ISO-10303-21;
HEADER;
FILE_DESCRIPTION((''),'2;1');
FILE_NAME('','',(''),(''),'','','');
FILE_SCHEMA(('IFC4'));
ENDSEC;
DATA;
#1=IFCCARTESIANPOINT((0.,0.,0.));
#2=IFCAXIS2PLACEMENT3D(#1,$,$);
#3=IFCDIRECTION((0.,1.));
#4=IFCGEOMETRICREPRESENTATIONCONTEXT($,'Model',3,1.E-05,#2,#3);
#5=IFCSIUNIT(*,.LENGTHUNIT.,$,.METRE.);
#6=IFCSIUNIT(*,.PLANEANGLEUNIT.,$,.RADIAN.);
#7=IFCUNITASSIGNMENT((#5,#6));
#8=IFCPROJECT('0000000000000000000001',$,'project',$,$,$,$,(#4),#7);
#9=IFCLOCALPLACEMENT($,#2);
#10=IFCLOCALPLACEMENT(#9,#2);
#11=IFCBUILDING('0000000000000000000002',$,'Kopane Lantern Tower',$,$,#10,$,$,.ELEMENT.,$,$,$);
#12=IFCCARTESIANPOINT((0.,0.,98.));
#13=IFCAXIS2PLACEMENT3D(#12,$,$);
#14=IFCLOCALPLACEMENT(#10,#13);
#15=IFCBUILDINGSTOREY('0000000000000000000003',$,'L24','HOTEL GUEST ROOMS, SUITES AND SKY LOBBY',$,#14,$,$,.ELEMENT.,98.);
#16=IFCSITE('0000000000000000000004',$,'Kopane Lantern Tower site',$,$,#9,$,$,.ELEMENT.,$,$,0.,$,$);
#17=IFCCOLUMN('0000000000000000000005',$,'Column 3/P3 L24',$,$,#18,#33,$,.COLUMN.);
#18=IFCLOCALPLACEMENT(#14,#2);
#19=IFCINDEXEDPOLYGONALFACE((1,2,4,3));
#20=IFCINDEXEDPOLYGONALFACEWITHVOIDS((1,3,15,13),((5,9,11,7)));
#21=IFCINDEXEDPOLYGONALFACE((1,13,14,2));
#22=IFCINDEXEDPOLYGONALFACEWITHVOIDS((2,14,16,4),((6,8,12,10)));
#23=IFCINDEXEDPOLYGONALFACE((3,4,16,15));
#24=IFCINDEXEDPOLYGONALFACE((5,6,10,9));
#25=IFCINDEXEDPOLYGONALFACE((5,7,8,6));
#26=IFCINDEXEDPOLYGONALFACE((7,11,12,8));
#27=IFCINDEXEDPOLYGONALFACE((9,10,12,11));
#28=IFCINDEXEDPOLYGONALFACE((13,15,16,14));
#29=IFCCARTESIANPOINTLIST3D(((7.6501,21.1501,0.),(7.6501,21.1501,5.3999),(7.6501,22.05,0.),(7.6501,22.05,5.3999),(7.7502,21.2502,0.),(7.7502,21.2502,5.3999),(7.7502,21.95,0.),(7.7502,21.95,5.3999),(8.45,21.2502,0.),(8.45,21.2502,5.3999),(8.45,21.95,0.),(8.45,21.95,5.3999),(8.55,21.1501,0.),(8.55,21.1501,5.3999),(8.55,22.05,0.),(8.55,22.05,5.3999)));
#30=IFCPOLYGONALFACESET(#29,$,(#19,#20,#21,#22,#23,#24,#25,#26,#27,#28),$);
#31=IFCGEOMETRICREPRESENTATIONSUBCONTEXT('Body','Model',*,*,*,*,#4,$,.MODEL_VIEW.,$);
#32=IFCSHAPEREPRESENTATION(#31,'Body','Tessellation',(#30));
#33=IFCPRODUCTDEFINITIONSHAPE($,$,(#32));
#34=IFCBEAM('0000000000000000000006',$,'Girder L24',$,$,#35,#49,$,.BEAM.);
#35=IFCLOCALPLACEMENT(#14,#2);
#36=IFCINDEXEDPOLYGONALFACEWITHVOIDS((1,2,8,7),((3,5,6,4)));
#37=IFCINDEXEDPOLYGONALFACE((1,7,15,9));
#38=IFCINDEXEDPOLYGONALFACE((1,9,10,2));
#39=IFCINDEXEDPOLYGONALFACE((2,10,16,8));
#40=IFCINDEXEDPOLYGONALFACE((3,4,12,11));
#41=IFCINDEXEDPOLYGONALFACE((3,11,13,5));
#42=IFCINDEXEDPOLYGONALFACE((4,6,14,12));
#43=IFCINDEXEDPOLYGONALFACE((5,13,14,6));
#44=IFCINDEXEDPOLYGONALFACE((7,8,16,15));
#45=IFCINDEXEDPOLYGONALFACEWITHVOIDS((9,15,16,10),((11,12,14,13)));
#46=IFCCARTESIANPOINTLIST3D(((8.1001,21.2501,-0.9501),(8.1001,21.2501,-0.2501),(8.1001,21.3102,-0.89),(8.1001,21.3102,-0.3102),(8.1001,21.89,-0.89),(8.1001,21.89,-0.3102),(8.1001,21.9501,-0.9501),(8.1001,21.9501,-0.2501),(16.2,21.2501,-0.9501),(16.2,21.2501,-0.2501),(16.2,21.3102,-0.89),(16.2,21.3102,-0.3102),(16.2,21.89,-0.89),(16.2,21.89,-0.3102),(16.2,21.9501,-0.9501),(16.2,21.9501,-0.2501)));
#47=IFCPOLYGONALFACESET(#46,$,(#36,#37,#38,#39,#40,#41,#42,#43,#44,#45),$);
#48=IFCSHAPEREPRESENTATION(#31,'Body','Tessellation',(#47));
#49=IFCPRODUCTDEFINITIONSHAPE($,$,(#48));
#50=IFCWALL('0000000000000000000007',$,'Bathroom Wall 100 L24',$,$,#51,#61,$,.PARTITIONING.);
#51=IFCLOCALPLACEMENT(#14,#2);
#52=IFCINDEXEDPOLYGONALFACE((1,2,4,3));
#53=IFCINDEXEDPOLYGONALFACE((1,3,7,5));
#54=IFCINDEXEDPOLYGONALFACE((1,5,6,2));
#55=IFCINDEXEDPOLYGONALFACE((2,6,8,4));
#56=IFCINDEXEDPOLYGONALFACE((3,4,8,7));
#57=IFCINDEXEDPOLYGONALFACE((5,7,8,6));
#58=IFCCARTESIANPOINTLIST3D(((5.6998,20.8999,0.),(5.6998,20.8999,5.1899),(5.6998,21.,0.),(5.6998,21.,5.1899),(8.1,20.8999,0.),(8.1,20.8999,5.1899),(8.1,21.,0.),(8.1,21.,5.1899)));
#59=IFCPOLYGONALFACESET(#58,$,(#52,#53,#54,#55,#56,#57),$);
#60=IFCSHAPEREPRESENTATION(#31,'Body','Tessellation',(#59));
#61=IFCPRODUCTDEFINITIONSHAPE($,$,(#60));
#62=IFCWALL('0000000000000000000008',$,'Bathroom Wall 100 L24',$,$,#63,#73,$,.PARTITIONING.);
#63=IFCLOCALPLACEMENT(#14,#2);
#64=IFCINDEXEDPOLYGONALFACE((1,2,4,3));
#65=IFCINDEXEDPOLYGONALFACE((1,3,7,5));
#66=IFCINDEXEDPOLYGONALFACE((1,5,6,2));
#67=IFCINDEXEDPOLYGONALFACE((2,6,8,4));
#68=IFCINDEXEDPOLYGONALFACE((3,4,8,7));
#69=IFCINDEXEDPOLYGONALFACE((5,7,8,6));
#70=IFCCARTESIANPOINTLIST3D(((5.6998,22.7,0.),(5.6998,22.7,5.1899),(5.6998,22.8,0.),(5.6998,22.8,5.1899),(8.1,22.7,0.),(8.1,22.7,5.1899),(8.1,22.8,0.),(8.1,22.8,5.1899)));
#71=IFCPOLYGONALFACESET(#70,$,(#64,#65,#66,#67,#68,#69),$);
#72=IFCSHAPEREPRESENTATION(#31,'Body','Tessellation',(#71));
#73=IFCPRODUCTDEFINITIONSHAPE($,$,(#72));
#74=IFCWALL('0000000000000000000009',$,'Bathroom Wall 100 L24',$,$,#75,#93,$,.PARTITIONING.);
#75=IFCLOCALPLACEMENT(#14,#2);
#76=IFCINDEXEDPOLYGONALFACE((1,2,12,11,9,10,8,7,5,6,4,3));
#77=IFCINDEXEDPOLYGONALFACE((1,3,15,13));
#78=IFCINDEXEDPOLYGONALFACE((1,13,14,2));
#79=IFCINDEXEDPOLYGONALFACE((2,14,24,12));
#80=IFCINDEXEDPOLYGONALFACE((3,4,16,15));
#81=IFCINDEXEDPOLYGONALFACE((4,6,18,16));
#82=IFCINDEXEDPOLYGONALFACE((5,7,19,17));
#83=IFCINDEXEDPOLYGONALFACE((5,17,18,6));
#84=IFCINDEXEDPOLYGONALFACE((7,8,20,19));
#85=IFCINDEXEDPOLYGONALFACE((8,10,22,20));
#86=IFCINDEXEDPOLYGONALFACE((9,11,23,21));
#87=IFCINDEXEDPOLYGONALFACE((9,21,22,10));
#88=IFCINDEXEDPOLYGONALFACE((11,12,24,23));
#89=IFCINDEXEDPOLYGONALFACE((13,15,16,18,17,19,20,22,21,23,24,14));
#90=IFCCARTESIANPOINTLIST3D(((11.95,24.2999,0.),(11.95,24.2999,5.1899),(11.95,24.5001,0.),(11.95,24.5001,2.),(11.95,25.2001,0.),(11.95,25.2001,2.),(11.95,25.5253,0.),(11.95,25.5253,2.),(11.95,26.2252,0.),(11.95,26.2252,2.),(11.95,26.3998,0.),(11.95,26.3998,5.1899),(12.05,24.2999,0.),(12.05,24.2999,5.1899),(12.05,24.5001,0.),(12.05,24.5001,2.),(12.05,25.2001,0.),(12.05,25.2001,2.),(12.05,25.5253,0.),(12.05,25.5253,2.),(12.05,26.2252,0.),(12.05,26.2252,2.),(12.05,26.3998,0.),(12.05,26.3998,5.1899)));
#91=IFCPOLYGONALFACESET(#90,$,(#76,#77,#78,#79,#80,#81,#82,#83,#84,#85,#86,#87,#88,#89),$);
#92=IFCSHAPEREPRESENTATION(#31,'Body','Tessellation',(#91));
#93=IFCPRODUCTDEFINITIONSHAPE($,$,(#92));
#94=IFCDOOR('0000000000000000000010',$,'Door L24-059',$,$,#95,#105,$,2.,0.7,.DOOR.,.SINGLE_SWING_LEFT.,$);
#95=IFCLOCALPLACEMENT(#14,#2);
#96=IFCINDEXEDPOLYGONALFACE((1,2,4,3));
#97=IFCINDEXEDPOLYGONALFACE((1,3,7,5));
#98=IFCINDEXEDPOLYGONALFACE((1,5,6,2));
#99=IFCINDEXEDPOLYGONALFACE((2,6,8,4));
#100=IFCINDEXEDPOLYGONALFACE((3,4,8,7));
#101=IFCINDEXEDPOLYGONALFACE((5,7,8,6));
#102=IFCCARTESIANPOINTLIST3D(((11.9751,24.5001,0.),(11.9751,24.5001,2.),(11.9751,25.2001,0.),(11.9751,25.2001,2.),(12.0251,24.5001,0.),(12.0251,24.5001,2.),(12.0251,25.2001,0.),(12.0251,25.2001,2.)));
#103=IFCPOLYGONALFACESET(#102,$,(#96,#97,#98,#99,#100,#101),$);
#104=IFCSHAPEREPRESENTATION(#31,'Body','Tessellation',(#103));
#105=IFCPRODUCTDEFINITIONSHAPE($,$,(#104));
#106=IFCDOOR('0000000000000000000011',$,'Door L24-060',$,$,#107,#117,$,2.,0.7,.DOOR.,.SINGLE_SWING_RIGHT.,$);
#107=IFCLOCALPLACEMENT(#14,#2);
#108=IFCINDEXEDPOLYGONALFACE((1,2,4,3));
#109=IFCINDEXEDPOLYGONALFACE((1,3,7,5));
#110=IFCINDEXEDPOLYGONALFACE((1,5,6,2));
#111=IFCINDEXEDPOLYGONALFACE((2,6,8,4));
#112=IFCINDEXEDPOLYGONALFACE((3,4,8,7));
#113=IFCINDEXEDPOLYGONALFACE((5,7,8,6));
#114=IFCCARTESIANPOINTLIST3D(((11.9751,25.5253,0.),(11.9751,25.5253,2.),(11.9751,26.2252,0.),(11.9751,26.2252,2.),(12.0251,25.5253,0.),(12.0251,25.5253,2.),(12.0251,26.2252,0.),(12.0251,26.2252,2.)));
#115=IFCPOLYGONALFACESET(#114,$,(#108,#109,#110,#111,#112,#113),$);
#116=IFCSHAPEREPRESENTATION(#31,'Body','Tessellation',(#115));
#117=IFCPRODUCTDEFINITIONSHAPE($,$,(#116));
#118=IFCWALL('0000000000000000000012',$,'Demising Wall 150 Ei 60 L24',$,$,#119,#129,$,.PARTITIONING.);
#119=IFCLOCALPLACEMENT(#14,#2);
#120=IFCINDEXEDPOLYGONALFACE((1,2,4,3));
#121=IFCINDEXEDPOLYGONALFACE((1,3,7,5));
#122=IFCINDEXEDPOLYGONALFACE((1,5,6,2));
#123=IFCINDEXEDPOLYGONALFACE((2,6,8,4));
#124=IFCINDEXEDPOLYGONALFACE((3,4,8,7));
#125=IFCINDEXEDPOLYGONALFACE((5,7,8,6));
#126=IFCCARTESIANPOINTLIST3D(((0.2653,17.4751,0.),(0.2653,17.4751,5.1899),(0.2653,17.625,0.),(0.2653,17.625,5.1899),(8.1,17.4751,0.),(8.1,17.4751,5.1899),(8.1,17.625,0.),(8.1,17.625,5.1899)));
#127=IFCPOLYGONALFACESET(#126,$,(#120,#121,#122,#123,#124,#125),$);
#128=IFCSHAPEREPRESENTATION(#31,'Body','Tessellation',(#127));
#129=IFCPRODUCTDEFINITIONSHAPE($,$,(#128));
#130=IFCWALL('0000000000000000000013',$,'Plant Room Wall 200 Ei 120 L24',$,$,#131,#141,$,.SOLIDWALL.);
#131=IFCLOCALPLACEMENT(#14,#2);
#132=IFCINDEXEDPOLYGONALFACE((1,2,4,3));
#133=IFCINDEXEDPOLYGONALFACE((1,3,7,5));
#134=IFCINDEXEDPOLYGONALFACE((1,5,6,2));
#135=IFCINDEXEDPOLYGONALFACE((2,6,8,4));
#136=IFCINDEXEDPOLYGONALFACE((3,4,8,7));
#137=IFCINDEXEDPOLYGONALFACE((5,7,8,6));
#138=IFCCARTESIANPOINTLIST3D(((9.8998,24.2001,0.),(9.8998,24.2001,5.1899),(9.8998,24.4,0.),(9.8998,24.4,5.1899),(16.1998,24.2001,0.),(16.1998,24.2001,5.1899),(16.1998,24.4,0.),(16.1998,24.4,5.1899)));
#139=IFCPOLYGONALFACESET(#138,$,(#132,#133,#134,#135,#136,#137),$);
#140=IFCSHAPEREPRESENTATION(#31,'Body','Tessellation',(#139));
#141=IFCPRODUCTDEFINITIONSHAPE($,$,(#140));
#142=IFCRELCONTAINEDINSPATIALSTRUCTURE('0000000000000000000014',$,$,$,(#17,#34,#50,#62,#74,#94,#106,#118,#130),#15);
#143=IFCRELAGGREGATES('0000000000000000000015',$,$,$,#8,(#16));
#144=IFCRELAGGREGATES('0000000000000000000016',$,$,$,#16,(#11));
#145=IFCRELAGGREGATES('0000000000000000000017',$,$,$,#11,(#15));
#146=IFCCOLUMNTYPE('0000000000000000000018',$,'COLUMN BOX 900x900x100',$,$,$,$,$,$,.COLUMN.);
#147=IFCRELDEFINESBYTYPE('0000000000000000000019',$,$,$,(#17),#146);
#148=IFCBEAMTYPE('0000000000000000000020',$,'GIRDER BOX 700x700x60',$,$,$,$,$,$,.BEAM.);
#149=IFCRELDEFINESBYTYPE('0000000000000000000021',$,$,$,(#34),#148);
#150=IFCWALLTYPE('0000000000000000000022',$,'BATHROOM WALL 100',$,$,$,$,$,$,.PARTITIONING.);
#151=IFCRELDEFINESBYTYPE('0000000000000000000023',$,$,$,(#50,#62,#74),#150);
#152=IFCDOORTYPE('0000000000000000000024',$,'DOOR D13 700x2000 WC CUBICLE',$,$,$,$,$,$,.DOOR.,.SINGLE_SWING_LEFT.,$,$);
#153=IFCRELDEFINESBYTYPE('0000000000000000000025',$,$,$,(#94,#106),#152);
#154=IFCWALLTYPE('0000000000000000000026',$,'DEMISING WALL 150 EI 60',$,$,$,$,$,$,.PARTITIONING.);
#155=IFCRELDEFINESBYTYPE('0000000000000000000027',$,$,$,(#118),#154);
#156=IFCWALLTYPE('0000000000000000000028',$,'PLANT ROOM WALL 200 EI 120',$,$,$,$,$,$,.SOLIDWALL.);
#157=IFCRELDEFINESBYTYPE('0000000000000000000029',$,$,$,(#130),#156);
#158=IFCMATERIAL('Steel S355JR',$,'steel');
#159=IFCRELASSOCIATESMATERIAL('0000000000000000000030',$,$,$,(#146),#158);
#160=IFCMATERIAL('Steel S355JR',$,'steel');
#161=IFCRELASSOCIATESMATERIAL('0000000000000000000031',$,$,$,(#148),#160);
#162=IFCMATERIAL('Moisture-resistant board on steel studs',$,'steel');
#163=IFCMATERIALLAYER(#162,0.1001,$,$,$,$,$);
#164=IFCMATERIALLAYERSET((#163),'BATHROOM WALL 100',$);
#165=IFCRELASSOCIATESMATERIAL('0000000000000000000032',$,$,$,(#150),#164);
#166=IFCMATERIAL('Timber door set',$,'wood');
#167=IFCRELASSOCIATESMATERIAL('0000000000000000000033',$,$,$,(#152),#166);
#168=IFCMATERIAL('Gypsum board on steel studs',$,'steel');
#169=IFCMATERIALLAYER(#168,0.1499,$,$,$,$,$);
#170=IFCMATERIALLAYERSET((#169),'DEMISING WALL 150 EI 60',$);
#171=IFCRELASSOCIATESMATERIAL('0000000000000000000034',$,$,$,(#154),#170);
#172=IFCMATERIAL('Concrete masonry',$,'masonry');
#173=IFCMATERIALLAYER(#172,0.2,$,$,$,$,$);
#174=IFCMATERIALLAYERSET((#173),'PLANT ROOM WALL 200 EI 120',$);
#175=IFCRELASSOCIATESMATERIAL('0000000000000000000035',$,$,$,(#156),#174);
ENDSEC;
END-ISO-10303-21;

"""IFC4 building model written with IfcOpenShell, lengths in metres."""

from ifc_helpers import new_model, si_unit, direction, frame, frame_2d, origin, origin_2d, place, context, subcontext, project, spatial, rectangle, hollow_rectangle, extrude, material, layer, layer_set, material_profile, profile_set, type_object, element, fill, save


model = new_model("IFC4")

# Units and contexts
model_context = context("Model", 3, precision=1e-05, world=origin(), true_north=direction((0.0, 1.0)))
body_context = subcontext(model_context, "Body", "Model", "MODEL_VIEW")
ifc_project = project(units=[si_unit("LENGTHUNIT", "METRE"), si_unit("PLANEANGLEUNIT", "RADIAN")], contexts=[model_context])

# Site, building, storey
site_placement = place(None, origin())
site = spatial("IfcSite", under=ifc_project, at=site_placement, Name="Kopane Lantern Tower site", CompositionType="ELEMENT", RefElevation=0.0)
building_placement = place(site_placement, origin())
building = spatial("IfcBuilding", under=site, at=building_placement, Name="Kopane Lantern Tower", CompositionType="ELEMENT")
storey_placement = place(building_placement, frame((0.0, 0.0, 98.0)))
storey = spatial("IfcBuildingStorey", under=building, at=storey_placement, Name="L24", Description="HOTEL GUEST ROOMS, SUITES AND SKY LOBBY", CompositionType="ELEMENT", Elevation=98.0)

# Column
ifc_material_1 = material(Name="Steel S355JR", Category="steel")
ifc_material_profile_1 = material_profile(ifc_material_1, hollow_rectangle(XDim=0.8999, YDim=0.8999, WallThickness=0.1001, at=origin_2d()), Name="BOX 900x900x100")
ifc_profile_set_1 = profile_set([ifc_material_profile_1], Name="Steel S355JR")
column_type = type_object("IfcColumnType", Name="COLUMN BOX 900x900x100", PredefinedType="COLUMN", material=ifc_profile_set_1)
column_placement = place(storey_placement, frame((8.1001, 21.6001, 0.0), z_axis=(0.0, 0.0, 1.0), x_axis=(1.0, 0.0, 0.0)))
element("IfcColumn", 1, at=column_placement, inside=storey, type_object=column_type, Name="Column 3/P3 L24", PredefinedType="COLUMN", context=body_context, shape_type="SweptSolid", body=[
    extrude(hollow_rectangle(XDim=0.8999, YDim=0.8999, WallThickness=0.1001, at=origin_2d()), origin(), (0.0, 0.0, 1.0), 5.3999),
])

# Beam
ifc_material_2 = material(Name="Steel S355JR", Category="steel")
ifc_material_profile_2 = material_profile(ifc_material_2, hollow_rectangle(XDim=0.7, YDim=0.7, WallThickness=0.0601, at=origin_2d()), Name="BOX 700x700x60")
ifc_profile_set_2 = profile_set([ifc_material_profile_2], Name="Steel S355JR")
beam_type = type_object("IfcBeamType", Name="GIRDER BOX 700x700x60", PredefinedType="BEAM", material=ifc_profile_set_2)
beam_placement = place(storey_placement, frame((8.1001, 21.6001, -0.6001), z_axis=(1.0, 0.0, 0.0), x_axis=(0.0, 1.0, 0.0)))
element("IfcBeam", 2, at=beam_placement, inside=storey, type_object=beam_type, Name="Girder L24", PredefinedType="BEAM", context=body_context, shape_type="SweptSolid", body=[
    extrude(hollow_rectangle(XDim=0.7, YDim=0.7, WallThickness=0.0601, at=origin_2d()), origin(), (0.0, 0.0, 1.0), 8.0999),
])

# Walls
ifc_material_3 = material(Name="Moisture-resistant board on steel studs", Category="steel")
ifc_layer_1 = layer(ifc_material_3, 0.1001)
ifc_layer_set_1 = layer_set([ifc_layer_1], Name="BATHROOM WALL 100")
wall_type_1 = type_object("IfcWallType", Name="BATHROOM WALL 100", PredefinedType="PARTITIONING", material=ifc_layer_set_1)
for number, where, z_axis, x_axis, name in (
    (3, (8.1001, 20.95, 0.0), (0.0, 0.0, 1.0), (-1.0, 0.0, 0.0), "Bathroom Wall 100 L24"),
    (4, (8.1001, 22.75, 0.0), (0.0, 0.0, 1.0), (-1.0, 0.0, 0.0), "Bathroom Wall 100 L24"),
):
    element("IfcWall", number, at=place(storey_placement, frame(where, z_axis=z_axis, x_axis=x_axis)), inside=storey, type_object=wall_type_1, Name=name, PredefinedType="PARTITIONING", context=body_context, shape_type="SweptSolid", body=[
        extrude(rectangle(XDim=2.4001, YDim=0.1001, at=frame_2d((1.2002, 0.0))), origin(), (0.0, 0.0, 1.0), 5.1899),
    ])

# Wall, openings, doors
wall_1_placement = place(storey_placement, frame((12.0, 24.3, 0.0), z_axis=(0.0, 0.0, 1.0), x_axis=(0.0, 1.0, 0.0)))
wall_1 = element("IfcWall", 5, at=wall_1_placement, inside=storey, type_object=wall_type_1, Name="Bathroom Wall 100 L24", PredefinedType="PARTITIONING", context=body_context, shape_type="SweptSolid", body=[
    extrude(rectangle(XDim=2.0999, YDim=0.1001, at=frame_2d((1.0498, 0.0))), origin(), (0.0, 0.0, 1.0), 5.1899),
])
opening_1_placement = place(wall_1_placement, frame((0.2, 0.0, 0.0)))
opening_1 = element("IfcOpeningElement", 6, at=opening_1_placement, cuts=wall_1, PredefinedType="OPENING", context=body_context, shape_type="SweptSolid", body=[
    extrude(rectangle(XDim=0.7, YDim=2.0, at=frame_2d((0.3501, 1.0))), frame((0.0, 0.0601, 0.0), z_axis=(0.0, -1.0, 0.0), x_axis=(1.0, 0.0, 0.0)), (0.0, 0.0, 1.0), 0.1201),
])
opening_2_placement = place(wall_1_placement, frame((1.2251, 0.0, 0.0)))
opening_2 = element("IfcOpeningElement", 7, at=opening_2_placement, cuts=wall_1, PredefinedType="OPENING", context=body_context, shape_type="SweptSolid", body=[
    extrude(rectangle(XDim=0.7, YDim=2.0, at=frame_2d((0.3501, 1.0))), frame((0.0, 0.0601, 0.0), z_axis=(0.0, -1.0, 0.0), x_axis=(1.0, 0.0, 0.0)), (0.0, 0.0, 1.0), 0.1201),
])
ifc_material_4 = material(Name="Timber door set", Category="wood")
door_type = type_object("IfcDoorType", Name="DOOR D13 700x2000 WC CUBICLE", OperationType="SINGLE_SWING_LEFT", PredefinedType="DOOR", material=ifc_material_4)
door_1_placement = place(opening_1_placement, origin())
door_1 = element("IfcDoor", 8, at=door_1_placement, inside=storey, type_object=door_type, Name="Door L24-059", OperationType="SINGLE_SWING_LEFT", OverallHeight=2.0, OverallWidth=0.7, PredefinedType="DOOR", context=body_context, shape_type="SweptSolid", body=[
    extrude(rectangle(XDim=0.7, YDim=2.0, at=frame_2d((0.3501, 1.0))), frame((0.0, 0.0249, 0.0), z_axis=(0.0, -1.0, 0.0), x_axis=(1.0, 0.0, 0.0)), (0.0, 0.0, 1.0), 0.05),
])
fill(opening_1, door_1)
door_2_placement = place(opening_2_placement, origin())
door_2 = element("IfcDoor", 9, at=door_2_placement, inside=storey, type_object=door_type, Name="Door L24-060", OperationType="SINGLE_SWING_RIGHT", OverallHeight=2.0, OverallWidth=0.7, PredefinedType="DOOR", context=body_context, shape_type="SweptSolid", body=[
    extrude(rectangle(XDim=0.7, YDim=2.0, at=frame_2d((0.3501, 1.0))), frame((0.0, 0.0249, 0.0), z_axis=(0.0, -1.0, 0.0), x_axis=(1.0, 0.0, 0.0)), (0.0, 0.0, 1.0), 0.05),
])
fill(opening_2, door_2)

# Walls
ifc_material_5 = material(Name="Gypsum board on steel studs", Category="steel")
ifc_layer_2 = layer(ifc_material_5, 0.1499)
ifc_layer_set_2 = layer_set([ifc_layer_2], Name="DEMISING WALL 150 EI 60")
wall_type_2 = type_object("IfcWallType", Name="DEMISING WALL 150 EI 60", PredefinedType="PARTITIONING", material=ifc_layer_set_2)
wall_2_placement = place(storey_placement, frame((8.1001, 17.55, 0.0), z_axis=(0.0, 0.0, 1.0), x_axis=(-1.0, 0.0, 0.0)))
element("IfcWall", 10, at=wall_2_placement, inside=storey, type_object=wall_type_2, Name="Demising Wall 150 Ei 60 L24", PredefinedType="PARTITIONING", context=body_context, shape_type="SweptSolid", body=[
    extrude(rectangle(XDim=7.8347, YDim=0.1499, at=frame_2d((3.9175, 0.0))), origin(), (0.0, 0.0, 1.0), 5.1899),
])
ifc_material_6 = material(Name="Concrete masonry", Category="masonry")
ifc_layer_3 = layer(ifc_material_6, 0.2)
ifc_layer_set_3 = layer_set([ifc_layer_3], Name="PLANT ROOM WALL 200 EI 120")
wall_type_3 = type_object("IfcWallType", Name="PLANT ROOM WALL 200 EI 120", PredefinedType="SOLIDWALL", material=ifc_layer_set_3)
wall_3_placement = place(storey_placement, frame((9.8999, 24.3, 0.0), z_axis=(0.0, 0.0, 1.0), x_axis=(1.0, 0.0, 0.0)))
element("IfcWall", 11, at=wall_3_placement, inside=storey, type_object=wall_type_3, Name="Plant Room Wall 200 Ei 120 L24", PredefinedType="SOLIDWALL", context=body_context, shape_type="SweptSolid", body=[
    extrude(rectangle(XDim=6.3, YDim=0.2, at=frame_2d((3.1499, 0.0))), origin(), (0.0, 0.0, 1.0), 5.1899),
])

save(model, "model.ifc")
